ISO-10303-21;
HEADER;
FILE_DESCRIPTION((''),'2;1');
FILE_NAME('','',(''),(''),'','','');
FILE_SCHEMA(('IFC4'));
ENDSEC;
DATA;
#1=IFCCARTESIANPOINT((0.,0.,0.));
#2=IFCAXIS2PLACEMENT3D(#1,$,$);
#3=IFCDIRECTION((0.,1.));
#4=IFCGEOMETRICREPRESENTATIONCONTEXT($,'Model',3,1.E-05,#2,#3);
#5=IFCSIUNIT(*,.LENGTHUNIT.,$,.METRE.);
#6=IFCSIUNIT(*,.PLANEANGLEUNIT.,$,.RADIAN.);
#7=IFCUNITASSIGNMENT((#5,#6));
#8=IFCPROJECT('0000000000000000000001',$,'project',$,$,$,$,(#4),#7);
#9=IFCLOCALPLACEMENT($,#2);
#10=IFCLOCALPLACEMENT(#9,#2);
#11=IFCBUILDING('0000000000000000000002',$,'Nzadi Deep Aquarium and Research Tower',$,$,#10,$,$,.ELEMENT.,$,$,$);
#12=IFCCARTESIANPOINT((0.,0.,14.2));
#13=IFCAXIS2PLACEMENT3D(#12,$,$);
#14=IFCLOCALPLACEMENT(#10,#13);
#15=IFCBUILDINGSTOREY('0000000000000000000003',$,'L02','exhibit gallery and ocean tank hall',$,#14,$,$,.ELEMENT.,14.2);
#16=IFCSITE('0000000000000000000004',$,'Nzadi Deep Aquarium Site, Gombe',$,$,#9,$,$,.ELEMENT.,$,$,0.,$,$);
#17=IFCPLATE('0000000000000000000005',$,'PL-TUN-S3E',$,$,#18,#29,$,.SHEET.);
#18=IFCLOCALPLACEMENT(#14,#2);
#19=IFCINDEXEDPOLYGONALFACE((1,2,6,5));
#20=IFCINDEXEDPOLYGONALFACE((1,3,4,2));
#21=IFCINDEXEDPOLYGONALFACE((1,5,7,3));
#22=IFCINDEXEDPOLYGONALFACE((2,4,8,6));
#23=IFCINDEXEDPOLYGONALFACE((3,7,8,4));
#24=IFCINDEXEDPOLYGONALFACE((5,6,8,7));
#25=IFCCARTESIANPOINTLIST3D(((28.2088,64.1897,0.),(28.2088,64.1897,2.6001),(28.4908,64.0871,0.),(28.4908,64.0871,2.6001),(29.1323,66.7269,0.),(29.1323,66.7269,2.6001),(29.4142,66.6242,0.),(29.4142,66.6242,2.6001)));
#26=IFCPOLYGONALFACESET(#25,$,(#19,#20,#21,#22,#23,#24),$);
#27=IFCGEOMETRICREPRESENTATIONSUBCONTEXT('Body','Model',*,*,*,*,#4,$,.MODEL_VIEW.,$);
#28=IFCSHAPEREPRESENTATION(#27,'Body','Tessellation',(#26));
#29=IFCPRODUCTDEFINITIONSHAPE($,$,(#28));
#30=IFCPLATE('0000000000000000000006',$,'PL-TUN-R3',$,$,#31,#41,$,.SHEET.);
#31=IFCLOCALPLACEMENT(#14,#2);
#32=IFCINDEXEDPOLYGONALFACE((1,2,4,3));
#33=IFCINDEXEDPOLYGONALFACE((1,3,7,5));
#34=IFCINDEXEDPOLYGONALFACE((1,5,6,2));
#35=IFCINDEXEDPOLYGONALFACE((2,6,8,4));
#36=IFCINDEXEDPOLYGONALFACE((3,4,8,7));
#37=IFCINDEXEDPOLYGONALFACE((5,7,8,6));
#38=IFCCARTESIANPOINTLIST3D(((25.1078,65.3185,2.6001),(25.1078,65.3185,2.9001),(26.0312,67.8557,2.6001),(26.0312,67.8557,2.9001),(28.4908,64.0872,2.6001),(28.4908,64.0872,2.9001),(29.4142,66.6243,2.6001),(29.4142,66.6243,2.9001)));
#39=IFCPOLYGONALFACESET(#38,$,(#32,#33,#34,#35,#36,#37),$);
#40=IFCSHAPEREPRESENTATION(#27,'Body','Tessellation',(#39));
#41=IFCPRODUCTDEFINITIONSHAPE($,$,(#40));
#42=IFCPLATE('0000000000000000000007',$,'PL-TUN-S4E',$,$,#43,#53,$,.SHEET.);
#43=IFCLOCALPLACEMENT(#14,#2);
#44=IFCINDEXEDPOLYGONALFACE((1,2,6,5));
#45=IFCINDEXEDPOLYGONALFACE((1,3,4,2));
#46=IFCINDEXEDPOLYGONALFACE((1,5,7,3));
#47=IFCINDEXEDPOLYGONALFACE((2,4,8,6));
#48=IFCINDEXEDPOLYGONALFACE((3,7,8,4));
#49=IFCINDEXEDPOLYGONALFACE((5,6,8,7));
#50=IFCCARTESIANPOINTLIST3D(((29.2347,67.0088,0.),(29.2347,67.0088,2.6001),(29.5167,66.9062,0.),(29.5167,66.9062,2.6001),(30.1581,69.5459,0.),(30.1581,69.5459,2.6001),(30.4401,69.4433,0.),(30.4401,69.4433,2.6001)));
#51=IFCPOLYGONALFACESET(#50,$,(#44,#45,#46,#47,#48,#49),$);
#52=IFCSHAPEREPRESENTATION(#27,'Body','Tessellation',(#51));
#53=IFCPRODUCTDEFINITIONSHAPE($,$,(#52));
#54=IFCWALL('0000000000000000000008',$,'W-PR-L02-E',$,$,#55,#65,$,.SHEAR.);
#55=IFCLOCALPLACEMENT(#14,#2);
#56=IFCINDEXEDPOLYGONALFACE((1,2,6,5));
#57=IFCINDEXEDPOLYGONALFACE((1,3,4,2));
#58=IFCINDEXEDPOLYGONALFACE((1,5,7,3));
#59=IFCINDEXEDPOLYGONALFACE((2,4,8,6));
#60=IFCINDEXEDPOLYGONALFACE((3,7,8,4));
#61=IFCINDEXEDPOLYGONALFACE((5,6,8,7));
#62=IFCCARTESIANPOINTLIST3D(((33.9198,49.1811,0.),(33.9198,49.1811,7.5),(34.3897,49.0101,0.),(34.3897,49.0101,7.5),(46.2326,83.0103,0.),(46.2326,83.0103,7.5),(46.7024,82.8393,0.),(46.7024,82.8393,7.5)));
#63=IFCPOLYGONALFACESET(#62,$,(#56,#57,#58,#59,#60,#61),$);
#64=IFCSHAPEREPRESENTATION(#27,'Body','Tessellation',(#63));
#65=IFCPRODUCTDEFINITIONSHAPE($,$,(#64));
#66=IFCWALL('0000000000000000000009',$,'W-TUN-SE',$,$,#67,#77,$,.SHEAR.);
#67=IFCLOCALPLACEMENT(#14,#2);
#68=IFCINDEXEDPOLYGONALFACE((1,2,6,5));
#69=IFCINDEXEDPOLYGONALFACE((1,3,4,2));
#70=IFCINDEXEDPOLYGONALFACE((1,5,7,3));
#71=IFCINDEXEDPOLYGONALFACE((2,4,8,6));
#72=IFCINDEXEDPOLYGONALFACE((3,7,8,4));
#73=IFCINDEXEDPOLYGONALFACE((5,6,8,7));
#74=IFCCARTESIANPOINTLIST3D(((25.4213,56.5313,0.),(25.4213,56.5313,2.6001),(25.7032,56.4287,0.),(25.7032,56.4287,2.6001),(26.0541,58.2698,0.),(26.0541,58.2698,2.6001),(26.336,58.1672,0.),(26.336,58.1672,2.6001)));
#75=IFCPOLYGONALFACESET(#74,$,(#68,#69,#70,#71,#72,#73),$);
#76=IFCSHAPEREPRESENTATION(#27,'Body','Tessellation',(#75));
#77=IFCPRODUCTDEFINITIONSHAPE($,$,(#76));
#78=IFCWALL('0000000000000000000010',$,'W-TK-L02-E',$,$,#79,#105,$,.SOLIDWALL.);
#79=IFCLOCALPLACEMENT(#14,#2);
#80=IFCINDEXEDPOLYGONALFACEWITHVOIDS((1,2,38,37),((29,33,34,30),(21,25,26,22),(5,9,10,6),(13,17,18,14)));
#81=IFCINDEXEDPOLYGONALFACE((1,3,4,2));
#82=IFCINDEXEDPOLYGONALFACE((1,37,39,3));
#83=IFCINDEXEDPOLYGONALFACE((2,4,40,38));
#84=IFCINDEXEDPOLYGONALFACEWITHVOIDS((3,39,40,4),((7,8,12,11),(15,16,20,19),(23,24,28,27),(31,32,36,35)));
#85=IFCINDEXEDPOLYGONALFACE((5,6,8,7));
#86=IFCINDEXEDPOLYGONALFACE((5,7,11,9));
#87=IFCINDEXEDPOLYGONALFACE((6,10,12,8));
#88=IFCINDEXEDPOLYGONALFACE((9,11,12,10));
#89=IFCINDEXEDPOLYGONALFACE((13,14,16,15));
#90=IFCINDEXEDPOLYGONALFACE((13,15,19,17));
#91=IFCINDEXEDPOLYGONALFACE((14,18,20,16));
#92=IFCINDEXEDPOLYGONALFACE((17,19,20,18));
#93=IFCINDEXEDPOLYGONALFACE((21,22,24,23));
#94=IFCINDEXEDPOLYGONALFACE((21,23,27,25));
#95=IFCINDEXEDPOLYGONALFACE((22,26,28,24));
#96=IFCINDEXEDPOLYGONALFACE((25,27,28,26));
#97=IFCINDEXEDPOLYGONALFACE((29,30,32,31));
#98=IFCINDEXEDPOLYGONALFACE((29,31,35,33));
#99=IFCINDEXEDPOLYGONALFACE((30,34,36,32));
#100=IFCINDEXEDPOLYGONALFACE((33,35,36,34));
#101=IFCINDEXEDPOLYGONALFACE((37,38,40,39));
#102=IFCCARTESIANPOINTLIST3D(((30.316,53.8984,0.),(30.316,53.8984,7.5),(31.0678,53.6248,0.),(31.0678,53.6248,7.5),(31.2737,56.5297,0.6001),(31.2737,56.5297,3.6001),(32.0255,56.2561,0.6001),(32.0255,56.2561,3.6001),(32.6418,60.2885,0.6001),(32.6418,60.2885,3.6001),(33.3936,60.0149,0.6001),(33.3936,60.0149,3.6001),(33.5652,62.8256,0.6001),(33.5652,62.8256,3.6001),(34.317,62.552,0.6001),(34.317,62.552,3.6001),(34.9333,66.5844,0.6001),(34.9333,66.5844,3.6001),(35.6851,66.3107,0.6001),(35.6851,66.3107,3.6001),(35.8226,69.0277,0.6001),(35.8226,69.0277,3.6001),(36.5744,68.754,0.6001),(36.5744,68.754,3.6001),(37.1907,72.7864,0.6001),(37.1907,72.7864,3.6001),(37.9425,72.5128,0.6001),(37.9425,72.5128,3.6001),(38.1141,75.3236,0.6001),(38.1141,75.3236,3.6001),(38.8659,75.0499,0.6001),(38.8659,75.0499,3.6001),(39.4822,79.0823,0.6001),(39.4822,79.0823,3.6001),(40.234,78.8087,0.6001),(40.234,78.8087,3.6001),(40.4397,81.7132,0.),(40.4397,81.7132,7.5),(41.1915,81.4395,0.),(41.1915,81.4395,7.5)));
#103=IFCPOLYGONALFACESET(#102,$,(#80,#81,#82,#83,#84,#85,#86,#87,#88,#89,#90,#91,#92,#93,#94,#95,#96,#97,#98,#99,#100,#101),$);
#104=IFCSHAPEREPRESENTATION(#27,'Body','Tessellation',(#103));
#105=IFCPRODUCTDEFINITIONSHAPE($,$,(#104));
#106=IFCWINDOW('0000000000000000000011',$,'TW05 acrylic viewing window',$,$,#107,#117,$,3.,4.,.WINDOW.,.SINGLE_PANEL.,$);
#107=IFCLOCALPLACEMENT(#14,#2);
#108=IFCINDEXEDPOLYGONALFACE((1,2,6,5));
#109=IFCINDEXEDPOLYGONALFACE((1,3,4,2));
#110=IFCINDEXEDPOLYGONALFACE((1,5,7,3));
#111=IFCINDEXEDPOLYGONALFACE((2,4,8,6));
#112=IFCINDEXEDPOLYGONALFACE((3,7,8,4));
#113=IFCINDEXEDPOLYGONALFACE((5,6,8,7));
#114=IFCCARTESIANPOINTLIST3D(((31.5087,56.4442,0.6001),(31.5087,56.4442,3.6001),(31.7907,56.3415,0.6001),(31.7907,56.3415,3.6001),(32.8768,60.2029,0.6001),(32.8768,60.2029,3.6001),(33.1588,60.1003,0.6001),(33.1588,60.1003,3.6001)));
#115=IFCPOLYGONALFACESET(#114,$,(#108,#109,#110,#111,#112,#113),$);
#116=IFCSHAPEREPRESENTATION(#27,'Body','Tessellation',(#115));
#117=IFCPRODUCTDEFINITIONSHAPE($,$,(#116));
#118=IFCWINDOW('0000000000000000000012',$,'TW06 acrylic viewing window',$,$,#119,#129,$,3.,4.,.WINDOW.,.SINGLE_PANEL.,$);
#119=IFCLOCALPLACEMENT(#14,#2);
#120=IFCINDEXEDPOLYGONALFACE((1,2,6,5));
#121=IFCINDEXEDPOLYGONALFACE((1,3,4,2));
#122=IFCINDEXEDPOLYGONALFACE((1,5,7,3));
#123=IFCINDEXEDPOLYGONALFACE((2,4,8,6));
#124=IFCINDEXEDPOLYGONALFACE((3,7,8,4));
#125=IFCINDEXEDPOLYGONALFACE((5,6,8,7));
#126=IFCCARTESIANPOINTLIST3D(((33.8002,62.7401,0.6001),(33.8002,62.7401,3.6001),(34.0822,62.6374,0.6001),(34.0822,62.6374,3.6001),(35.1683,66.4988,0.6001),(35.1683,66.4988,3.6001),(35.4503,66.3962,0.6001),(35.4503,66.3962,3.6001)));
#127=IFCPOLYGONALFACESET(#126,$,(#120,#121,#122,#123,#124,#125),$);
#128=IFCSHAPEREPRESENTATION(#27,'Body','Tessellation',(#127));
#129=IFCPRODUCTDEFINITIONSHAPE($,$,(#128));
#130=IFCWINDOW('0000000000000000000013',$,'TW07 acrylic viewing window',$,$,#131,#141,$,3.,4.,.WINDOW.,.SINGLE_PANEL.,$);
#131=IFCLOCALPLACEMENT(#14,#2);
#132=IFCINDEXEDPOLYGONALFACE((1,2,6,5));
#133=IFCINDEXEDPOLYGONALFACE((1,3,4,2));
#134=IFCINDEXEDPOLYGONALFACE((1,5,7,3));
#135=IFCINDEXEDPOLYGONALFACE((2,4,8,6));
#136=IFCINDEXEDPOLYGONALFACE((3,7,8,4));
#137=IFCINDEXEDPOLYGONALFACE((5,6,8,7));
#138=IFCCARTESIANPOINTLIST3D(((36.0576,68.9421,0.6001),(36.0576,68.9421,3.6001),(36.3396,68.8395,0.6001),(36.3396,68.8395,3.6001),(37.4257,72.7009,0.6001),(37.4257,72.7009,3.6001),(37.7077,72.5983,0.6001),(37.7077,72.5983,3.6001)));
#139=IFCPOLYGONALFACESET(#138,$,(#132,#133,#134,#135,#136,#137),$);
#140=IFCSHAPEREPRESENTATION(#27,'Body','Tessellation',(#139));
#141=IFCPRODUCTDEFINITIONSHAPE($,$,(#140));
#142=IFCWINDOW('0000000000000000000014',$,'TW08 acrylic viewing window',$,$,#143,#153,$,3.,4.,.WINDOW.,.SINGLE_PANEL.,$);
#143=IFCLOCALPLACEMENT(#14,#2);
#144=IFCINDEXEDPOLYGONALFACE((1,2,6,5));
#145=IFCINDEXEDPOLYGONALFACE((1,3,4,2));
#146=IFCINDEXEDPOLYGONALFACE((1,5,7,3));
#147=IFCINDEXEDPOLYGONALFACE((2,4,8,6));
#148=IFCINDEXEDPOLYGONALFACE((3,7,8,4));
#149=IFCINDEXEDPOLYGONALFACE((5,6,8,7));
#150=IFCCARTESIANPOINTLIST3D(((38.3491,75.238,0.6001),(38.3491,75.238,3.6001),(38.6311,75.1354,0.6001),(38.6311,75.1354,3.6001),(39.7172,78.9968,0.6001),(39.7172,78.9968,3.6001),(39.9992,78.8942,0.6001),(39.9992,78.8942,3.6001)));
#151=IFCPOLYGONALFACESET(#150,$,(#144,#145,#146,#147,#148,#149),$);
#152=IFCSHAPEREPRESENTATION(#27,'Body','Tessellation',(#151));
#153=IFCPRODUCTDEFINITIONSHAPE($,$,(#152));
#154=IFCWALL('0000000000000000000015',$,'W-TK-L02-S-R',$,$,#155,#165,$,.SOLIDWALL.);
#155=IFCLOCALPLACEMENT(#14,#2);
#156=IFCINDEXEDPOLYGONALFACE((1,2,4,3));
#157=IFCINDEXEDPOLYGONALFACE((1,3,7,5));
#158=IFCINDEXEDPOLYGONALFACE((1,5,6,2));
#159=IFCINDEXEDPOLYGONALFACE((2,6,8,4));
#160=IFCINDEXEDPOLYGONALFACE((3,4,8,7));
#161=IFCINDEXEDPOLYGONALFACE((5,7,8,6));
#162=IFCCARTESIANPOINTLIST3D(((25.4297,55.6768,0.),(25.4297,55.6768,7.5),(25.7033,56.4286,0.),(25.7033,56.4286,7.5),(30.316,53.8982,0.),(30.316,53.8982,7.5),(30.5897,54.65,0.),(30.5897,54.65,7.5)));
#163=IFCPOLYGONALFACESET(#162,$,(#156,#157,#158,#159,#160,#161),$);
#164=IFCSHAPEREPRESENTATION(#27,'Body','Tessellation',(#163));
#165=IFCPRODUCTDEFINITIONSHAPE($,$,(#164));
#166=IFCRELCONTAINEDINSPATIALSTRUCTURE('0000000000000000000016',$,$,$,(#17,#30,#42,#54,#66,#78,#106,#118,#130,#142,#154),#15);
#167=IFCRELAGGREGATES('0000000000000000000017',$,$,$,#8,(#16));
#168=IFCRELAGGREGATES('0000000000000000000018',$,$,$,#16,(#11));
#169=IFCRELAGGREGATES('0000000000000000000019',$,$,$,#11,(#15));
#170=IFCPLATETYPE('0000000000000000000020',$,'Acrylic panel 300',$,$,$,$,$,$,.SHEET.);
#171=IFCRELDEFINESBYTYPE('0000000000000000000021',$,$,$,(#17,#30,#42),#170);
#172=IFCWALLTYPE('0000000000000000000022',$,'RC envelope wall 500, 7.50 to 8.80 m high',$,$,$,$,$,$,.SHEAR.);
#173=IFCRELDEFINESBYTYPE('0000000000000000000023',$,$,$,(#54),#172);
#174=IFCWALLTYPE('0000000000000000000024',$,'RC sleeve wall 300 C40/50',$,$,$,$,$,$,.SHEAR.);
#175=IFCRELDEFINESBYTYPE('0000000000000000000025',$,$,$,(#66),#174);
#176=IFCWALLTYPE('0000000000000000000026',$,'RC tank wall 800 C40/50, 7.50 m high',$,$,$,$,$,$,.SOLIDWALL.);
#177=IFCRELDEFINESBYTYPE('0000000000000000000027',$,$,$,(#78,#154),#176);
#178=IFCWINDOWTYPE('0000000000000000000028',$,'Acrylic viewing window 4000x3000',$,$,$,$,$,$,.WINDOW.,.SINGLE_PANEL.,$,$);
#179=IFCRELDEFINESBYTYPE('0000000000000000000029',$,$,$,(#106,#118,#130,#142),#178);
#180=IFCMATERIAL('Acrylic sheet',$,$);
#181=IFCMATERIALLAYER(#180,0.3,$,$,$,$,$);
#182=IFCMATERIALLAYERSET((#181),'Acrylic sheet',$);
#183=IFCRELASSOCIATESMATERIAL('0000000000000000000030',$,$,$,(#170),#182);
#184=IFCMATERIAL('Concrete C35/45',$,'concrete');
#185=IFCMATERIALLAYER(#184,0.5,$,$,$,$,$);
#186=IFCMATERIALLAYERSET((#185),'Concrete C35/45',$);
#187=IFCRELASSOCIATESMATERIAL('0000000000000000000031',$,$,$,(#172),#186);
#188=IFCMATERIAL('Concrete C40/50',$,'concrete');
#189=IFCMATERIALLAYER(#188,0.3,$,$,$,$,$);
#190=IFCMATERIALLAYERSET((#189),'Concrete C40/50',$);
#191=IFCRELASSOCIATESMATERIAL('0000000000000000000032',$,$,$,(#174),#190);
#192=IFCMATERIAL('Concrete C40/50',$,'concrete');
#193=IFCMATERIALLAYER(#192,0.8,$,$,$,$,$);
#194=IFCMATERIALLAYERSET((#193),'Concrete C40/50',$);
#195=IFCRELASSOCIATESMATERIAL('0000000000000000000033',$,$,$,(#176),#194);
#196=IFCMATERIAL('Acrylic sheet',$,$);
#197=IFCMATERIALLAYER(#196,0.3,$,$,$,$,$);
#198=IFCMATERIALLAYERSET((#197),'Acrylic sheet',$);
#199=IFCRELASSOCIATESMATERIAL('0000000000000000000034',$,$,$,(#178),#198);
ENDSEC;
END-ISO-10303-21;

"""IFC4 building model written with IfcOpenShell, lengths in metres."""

from ifc_helpers import new_model, si_unit, direction, frame, frame_2d, origin, origin_2d, place, context, subcontext, project, spatial, rectangle, extrude, material, layer, layer_set, type_object, element, fill, save


model = new_model("IFC4")

# Units and contexts
model_context = context("Model", 3, precision=1e-05, world=origin(), true_north=direction((0.0, 1.0)))
body_context = subcontext(model_context, "Body", "Model", "MODEL_VIEW")
ifc_project = project(units=[si_unit("LENGTHUNIT", "METRE"), si_unit("PLANEANGLEUNIT", "RADIAN")], contexts=[model_context])

# Site, building, storey
site_placement = place(None, origin())
site = spatial("IfcSite", under=ifc_project, at=site_placement, Name="Nzadi Deep Aquarium Site, Gombe", CompositionType="ELEMENT", RefElevation=0.0)
building_placement = place(site_placement, origin())
building = spatial("IfcBuilding", under=site, at=building_placement, Name="Nzadi Deep Aquarium and Research Tower", CompositionType="ELEMENT")
storey_placement = place(building_placement, frame((0.0, 0.0, 14.2)))
storey = spatial("IfcBuildingStorey", under=building, at=storey_placement, Name="L02", Description="exhibit gallery and ocean tank hall", CompositionType="ELEMENT", Elevation=14.2)

# Plates
ifc_material_1 = material(Name="Acrylic sheet")
ifc_layer_1 = layer(ifc_material_1, 0.3)
ifc_layer_set_1 = layer_set([ifc_layer_1], Name="Acrylic sheet")
plate_type = type_object("IfcPlateType", Name="Acrylic panel 300", PredefinedType="SHEET", material=ifc_layer_set_1)
for number, where, z_axis, x_axis, name in (
    (1, (28.8115, 65.407, 0.0), (0.0, 0.0, 1.0), (0.939693, -0.34202, 0.0), "PL-TUN-S3E"),
):
    element("IfcPlate", number, at=place(storey_placement, frame(where, z_axis=z_axis, x_axis=x_axis)), inside=storey, type_object=plate_type, Name=name, PredefinedType="SHEET", context=body_context, shape_type="SweptSolid", body=[
        extrude(rectangle(XDim=0.3, YDim=2.7, at=origin_2d()), origin(), (0.0, 0.0, 1.0), 2.6001),
    ])
plate_1_placement = place(storey_placement, frame((27.261, 65.9714, 2.6001), z_axis=(0.0, 0.0, 1.0), x_axis=(0.939693, -0.34202, 0.0)))
element("IfcPlate", 2, at=plate_1_placement, inside=storey, type_object=plate_type, Name="PL-TUN-R3", PredefinedType="SHEET", context=body_context, shape_type="SweptSolid", body=[
    extrude(rectangle(XDim=3.6001, YDim=2.7, at=origin_2d()), origin(), (0.0, 0.0, 1.0), 0.3),
])
plate_2_placement = place(storey_placement, frame((29.8374, 68.2261, 0.0), z_axis=(0.0, 0.0, 1.0), x_axis=(0.939693, -0.34202, 0.0)))
element("IfcPlate", 3, at=plate_2_placement, inside=storey, type_object=plate_type, Name="PL-TUN-S4E", PredefinedType="SHEET", context=body_context, shape_type="SweptSolid", body=[
    extrude(rectangle(XDim=0.3, YDim=2.7, at=origin_2d()), origin(), (0.0, 0.0, 1.0), 2.6001),
])

# Walls
ifc_material_2 = material(Name="Concrete C35/45", Category="concrete")
ifc_layer_2 = layer(ifc_material_2, 0.5)
ifc_layer_set_2 = layer_set([ifc_layer_2], Name="Concrete C35/45")
wall_type_1 = type_object("IfcWallType", Name="RC envelope wall 500, 7.50 to 8.80 m high", PredefinedType="SHEAR", material=ifc_layer_set_2)
wall_1_placement = place(storey_placement, frame((34.1548, 49.0957, 0.0), z_axis=(0.0, 0.0, 1.0), x_axis=(0.342019, 0.939693, 0.0)))
element("IfcWall", 4, at=wall_1_placement, inside=storey, type_object=wall_type_1, Name="W-PR-L02-E", PredefinedType="SHEAR", context=body_context, shape_type="SweptSolid", body=[
    extrude(rectangle(XDim=36.0002, YDim=0.5, at=frame_2d((18.0, 0.0))), origin(), (0.0, 0.0, 1.0), 7.5),
])
ifc_material_3 = material(Name="Concrete C40/50", Category="concrete")
ifc_layer_3 = layer(ifc_material_3, 0.3)
ifc_layer_set_3 = layer_set([ifc_layer_3], Name="Concrete C40/50")
wall_type_2 = type_object("IfcWallType", Name="RC sleeve wall 300 C40/50", PredefinedType="SHEAR", material=ifc_layer_set_3)
wall_2_placement = place(storey_placement, frame((26.1951, 58.2185, 0.0), z_axis=(0.0, 0.0, 1.0), x_axis=(-0.34204, -0.939685, 0.0)))
element("IfcWall", 5, at=wall_2_placement, inside=storey, type_object=wall_type_2, Name="W-TUN-SE", PredefinedType="SHEAR", context=body_context, shape_type="SweptSolid", body=[
    extrude(rectangle(XDim=1.8501, YDim=0.3, at=frame_2d((0.925, 0.0))), origin(), (0.0, 0.0, 1.0), 2.6001),
])

# Wall, openings, windows
ifc_material_4 = material(Name="Concrete C40/50", Category="concrete")
ifc_layer_4 = layer(ifc_material_4, 0.8)
ifc_layer_set_4 = layer_set([ifc_layer_4], Name="Concrete C40/50")
wall_type_3 = type_object("IfcWallType", Name="RC tank wall 800 C40/50, 7.50 m high", PredefinedType="SOLIDWALL", material=ifc_layer_set_4)
wall_3_placement = place(storey_placement, frame((30.6919, 53.7617, 0.0), z_axis=(0.0, 0.0, 1.0), x_axis=(0.342022, 0.939692, 0.0)))
wall_3 = element("IfcWall", 6, at=wall_3_placement, inside=storey, type_object=wall_type_3, Name="W-TK-L02-E", PredefinedType="SOLIDWALL", context=body_context, shape_type="SweptSolid", body=[
    extrude(rectangle(XDim=29.5999, YDim=0.8, at=frame_2d((14.7998, 0.0))), origin(), (0.0, 0.0, 1.0), 7.5),
])
opening_1_placement = place(wall_3_placement, frame((2.8, 0.0, 0.6001)))
opening_1 = element("IfcOpeningElement", 7, at=opening_1_placement, cuts=wall_3, PredefinedType="OPENING", context=body_context, shape_type="SweptSolid", body=[
    extrude(rectangle(XDim=4.0, YDim=3.0, at=frame_2d((2.0, 1.5))), frame((0.0, 0.4102, 0.0), z_axis=(0.0, -1.0, 0.0), x_axis=(1.0, 0.0, 0.0)), (0.0, 0.0, 1.0), 0.8203),
])
opening_2_placement = place(wall_3_placement, frame((9.5, 0.0, 0.6001)))
opening_2 = element("IfcOpeningElement", 8, at=opening_2_placement, cuts=wall_3, PredefinedType="OPENING", context=body_context, shape_type="SweptSolid", body=[
    extrude(rectangle(XDim=4.0, YDim=3.0, at=frame_2d((2.0, 1.5))), frame((0.0, 0.4102, 0.0), z_axis=(0.0, -1.0, 0.0), x_axis=(1.0, 0.0, 0.0)), (0.0, 0.0, 1.0), 0.8203),
])
opening_3_placement = place(wall_3_placement, frame((16.1001, 0.0, 0.6001)))
opening_3 = element("IfcOpeningElement", 9, at=opening_3_placement, cuts=wall_3, PredefinedType="OPENING", context=body_context, shape_type="SweptSolid", body=[
    extrude(rectangle(XDim=4.0, YDim=3.0, at=frame_2d((2.0, 1.5))), frame((0.0, 0.4102, 0.0), z_axis=(0.0, -1.0, 0.0), x_axis=(1.0, 0.0, 0.0)), (0.0, 0.0, 1.0), 0.8203),
])
opening_4_placement = place(wall_3_placement, frame((22.8, 0.0, 0.6001)))
opening_4 = element("IfcOpeningElement", 10, at=opening_4_placement, cuts=wall_3, PredefinedType="OPENING", context=body_context, shape_type="SweptSolid", body=[
    extrude(rectangle(XDim=4.0, YDim=3.0, at=frame_2d((2.0, 1.5))), frame((0.0, 0.4102, 0.0), z_axis=(0.0, -1.0, 0.0), x_axis=(1.0, 0.0, 0.0)), (0.0, 0.0, 1.0), 0.8203),
])
ifc_material_5 = material(Name="Acrylic sheet")
ifc_layer_5 = layer(ifc_material_5, 0.3)
ifc_layer_set_5 = layer_set([ifc_layer_5], Name="Acrylic sheet")
window_type = type_object("IfcWindowType", Name="Acrylic viewing window 4000x3000", PartitioningType="SINGLE_PANEL", PredefinedType="WINDOW", material=ifc_layer_set_5)
window_1_placement = place(opening_1_placement, origin())
window_1 = element("IfcWindow", 11, at=window_1_placement, inside=storey, type_object=window_type, Name="TW05 acrylic viewing window", OverallHeight=3.0, OverallWidth=4.0, PartitioningType="SINGLE_PANEL", PredefinedType="WINDOW", context=body_context, shape_type="SweptSolid", body=[
    extrude(rectangle(XDim=4.0, YDim=3.0, at=frame_2d((2.0, 1.5))), frame((0.0, 0.1499, 0.0), z_axis=(0.0, -1.0, 0.0), x_axis=(1.0, 0.0, 0.0)), (0.0, 0.0, 1.0), 0.3),
])
fill(opening_1, window_1)
window_2_placement = place(opening_2_placement, origin())
window_2 = element("IfcWindow", 12, at=window_2_placement, inside=storey, type_object=window_type, Name="TW06 acrylic viewing window", OverallHeight=3.0, OverallWidth=4.0, PartitioningType="SINGLE_PANEL", PredefinedType="WINDOW", context=body_context, shape_type="SweptSolid", body=[
    extrude(rectangle(XDim=4.0, YDim=3.0, at=frame_2d((2.0, 1.5))), frame((0.0, 0.1499, 0.0), z_axis=(0.0, -1.0, 0.0), x_axis=(1.0, 0.0, 0.0)), (0.0, 0.0, 1.0), 0.3),
])
fill(opening_2, window_2)
window_3_placement = place(opening_3_placement, origin())
window_3 = element("IfcWindow", 13, at=window_3_placement, inside=storey, type_object=window_type, Name="TW07 acrylic viewing window", OverallHeight=3.0, OverallWidth=4.0, PartitioningType="SINGLE_PANEL", PredefinedType="WINDOW", context=body_context, shape_type="SweptSolid", body=[
    extrude(rectangle(XDim=4.0, YDim=3.0, at=frame_2d((2.0, 1.5))), frame((0.0, 0.1499, 0.0), z_axis=(0.0, -1.0, 0.0), x_axis=(1.0, 0.0, 0.0)), (0.0, 0.0, 1.0), 0.3),
])
fill(opening_3, window_3)
window_4_placement = place(opening_4_placement, origin())
window_4 = element("IfcWindow", 14, at=window_4_placement, inside=storey, type_object=window_type, Name="TW08 acrylic viewing window", OverallHeight=3.0, OverallWidth=4.0, PartitioningType="SINGLE_PANEL", PredefinedType="WINDOW", context=body_context, shape_type="SweptSolid", body=[
    extrude(rectangle(XDim=4.0, YDim=3.0, at=frame_2d((2.0, 1.5))), frame((0.0, 0.1499, 0.0), z_axis=(0.0, -1.0, 0.0), x_axis=(1.0, 0.0, 0.0)), (0.0, 0.0, 1.0), 0.3),
])
fill(opening_4, window_4)

# Wall
wall_4_placement = place(storey_placement, frame((25.5664, 56.0527, 0.0), z_axis=(0.0, 0.0, 1.0), x_axis=(0.939685, -0.342041, 0.0)))
element("IfcWall", 15, at=wall_4_placement, inside=storey, type_object=wall_type_3, Name="W-TK-L02-S-R", PredefinedType="SOLIDWALL", context=body_context, shape_type="SweptSolid", body=[
    extrude(rectangle(XDim=5.2, YDim=0.8, at=frame_2d((2.6001, 0.0))), origin(), (0.0, 0.0, 1.0), 7.5),
])

save(model, "model.ifc")
